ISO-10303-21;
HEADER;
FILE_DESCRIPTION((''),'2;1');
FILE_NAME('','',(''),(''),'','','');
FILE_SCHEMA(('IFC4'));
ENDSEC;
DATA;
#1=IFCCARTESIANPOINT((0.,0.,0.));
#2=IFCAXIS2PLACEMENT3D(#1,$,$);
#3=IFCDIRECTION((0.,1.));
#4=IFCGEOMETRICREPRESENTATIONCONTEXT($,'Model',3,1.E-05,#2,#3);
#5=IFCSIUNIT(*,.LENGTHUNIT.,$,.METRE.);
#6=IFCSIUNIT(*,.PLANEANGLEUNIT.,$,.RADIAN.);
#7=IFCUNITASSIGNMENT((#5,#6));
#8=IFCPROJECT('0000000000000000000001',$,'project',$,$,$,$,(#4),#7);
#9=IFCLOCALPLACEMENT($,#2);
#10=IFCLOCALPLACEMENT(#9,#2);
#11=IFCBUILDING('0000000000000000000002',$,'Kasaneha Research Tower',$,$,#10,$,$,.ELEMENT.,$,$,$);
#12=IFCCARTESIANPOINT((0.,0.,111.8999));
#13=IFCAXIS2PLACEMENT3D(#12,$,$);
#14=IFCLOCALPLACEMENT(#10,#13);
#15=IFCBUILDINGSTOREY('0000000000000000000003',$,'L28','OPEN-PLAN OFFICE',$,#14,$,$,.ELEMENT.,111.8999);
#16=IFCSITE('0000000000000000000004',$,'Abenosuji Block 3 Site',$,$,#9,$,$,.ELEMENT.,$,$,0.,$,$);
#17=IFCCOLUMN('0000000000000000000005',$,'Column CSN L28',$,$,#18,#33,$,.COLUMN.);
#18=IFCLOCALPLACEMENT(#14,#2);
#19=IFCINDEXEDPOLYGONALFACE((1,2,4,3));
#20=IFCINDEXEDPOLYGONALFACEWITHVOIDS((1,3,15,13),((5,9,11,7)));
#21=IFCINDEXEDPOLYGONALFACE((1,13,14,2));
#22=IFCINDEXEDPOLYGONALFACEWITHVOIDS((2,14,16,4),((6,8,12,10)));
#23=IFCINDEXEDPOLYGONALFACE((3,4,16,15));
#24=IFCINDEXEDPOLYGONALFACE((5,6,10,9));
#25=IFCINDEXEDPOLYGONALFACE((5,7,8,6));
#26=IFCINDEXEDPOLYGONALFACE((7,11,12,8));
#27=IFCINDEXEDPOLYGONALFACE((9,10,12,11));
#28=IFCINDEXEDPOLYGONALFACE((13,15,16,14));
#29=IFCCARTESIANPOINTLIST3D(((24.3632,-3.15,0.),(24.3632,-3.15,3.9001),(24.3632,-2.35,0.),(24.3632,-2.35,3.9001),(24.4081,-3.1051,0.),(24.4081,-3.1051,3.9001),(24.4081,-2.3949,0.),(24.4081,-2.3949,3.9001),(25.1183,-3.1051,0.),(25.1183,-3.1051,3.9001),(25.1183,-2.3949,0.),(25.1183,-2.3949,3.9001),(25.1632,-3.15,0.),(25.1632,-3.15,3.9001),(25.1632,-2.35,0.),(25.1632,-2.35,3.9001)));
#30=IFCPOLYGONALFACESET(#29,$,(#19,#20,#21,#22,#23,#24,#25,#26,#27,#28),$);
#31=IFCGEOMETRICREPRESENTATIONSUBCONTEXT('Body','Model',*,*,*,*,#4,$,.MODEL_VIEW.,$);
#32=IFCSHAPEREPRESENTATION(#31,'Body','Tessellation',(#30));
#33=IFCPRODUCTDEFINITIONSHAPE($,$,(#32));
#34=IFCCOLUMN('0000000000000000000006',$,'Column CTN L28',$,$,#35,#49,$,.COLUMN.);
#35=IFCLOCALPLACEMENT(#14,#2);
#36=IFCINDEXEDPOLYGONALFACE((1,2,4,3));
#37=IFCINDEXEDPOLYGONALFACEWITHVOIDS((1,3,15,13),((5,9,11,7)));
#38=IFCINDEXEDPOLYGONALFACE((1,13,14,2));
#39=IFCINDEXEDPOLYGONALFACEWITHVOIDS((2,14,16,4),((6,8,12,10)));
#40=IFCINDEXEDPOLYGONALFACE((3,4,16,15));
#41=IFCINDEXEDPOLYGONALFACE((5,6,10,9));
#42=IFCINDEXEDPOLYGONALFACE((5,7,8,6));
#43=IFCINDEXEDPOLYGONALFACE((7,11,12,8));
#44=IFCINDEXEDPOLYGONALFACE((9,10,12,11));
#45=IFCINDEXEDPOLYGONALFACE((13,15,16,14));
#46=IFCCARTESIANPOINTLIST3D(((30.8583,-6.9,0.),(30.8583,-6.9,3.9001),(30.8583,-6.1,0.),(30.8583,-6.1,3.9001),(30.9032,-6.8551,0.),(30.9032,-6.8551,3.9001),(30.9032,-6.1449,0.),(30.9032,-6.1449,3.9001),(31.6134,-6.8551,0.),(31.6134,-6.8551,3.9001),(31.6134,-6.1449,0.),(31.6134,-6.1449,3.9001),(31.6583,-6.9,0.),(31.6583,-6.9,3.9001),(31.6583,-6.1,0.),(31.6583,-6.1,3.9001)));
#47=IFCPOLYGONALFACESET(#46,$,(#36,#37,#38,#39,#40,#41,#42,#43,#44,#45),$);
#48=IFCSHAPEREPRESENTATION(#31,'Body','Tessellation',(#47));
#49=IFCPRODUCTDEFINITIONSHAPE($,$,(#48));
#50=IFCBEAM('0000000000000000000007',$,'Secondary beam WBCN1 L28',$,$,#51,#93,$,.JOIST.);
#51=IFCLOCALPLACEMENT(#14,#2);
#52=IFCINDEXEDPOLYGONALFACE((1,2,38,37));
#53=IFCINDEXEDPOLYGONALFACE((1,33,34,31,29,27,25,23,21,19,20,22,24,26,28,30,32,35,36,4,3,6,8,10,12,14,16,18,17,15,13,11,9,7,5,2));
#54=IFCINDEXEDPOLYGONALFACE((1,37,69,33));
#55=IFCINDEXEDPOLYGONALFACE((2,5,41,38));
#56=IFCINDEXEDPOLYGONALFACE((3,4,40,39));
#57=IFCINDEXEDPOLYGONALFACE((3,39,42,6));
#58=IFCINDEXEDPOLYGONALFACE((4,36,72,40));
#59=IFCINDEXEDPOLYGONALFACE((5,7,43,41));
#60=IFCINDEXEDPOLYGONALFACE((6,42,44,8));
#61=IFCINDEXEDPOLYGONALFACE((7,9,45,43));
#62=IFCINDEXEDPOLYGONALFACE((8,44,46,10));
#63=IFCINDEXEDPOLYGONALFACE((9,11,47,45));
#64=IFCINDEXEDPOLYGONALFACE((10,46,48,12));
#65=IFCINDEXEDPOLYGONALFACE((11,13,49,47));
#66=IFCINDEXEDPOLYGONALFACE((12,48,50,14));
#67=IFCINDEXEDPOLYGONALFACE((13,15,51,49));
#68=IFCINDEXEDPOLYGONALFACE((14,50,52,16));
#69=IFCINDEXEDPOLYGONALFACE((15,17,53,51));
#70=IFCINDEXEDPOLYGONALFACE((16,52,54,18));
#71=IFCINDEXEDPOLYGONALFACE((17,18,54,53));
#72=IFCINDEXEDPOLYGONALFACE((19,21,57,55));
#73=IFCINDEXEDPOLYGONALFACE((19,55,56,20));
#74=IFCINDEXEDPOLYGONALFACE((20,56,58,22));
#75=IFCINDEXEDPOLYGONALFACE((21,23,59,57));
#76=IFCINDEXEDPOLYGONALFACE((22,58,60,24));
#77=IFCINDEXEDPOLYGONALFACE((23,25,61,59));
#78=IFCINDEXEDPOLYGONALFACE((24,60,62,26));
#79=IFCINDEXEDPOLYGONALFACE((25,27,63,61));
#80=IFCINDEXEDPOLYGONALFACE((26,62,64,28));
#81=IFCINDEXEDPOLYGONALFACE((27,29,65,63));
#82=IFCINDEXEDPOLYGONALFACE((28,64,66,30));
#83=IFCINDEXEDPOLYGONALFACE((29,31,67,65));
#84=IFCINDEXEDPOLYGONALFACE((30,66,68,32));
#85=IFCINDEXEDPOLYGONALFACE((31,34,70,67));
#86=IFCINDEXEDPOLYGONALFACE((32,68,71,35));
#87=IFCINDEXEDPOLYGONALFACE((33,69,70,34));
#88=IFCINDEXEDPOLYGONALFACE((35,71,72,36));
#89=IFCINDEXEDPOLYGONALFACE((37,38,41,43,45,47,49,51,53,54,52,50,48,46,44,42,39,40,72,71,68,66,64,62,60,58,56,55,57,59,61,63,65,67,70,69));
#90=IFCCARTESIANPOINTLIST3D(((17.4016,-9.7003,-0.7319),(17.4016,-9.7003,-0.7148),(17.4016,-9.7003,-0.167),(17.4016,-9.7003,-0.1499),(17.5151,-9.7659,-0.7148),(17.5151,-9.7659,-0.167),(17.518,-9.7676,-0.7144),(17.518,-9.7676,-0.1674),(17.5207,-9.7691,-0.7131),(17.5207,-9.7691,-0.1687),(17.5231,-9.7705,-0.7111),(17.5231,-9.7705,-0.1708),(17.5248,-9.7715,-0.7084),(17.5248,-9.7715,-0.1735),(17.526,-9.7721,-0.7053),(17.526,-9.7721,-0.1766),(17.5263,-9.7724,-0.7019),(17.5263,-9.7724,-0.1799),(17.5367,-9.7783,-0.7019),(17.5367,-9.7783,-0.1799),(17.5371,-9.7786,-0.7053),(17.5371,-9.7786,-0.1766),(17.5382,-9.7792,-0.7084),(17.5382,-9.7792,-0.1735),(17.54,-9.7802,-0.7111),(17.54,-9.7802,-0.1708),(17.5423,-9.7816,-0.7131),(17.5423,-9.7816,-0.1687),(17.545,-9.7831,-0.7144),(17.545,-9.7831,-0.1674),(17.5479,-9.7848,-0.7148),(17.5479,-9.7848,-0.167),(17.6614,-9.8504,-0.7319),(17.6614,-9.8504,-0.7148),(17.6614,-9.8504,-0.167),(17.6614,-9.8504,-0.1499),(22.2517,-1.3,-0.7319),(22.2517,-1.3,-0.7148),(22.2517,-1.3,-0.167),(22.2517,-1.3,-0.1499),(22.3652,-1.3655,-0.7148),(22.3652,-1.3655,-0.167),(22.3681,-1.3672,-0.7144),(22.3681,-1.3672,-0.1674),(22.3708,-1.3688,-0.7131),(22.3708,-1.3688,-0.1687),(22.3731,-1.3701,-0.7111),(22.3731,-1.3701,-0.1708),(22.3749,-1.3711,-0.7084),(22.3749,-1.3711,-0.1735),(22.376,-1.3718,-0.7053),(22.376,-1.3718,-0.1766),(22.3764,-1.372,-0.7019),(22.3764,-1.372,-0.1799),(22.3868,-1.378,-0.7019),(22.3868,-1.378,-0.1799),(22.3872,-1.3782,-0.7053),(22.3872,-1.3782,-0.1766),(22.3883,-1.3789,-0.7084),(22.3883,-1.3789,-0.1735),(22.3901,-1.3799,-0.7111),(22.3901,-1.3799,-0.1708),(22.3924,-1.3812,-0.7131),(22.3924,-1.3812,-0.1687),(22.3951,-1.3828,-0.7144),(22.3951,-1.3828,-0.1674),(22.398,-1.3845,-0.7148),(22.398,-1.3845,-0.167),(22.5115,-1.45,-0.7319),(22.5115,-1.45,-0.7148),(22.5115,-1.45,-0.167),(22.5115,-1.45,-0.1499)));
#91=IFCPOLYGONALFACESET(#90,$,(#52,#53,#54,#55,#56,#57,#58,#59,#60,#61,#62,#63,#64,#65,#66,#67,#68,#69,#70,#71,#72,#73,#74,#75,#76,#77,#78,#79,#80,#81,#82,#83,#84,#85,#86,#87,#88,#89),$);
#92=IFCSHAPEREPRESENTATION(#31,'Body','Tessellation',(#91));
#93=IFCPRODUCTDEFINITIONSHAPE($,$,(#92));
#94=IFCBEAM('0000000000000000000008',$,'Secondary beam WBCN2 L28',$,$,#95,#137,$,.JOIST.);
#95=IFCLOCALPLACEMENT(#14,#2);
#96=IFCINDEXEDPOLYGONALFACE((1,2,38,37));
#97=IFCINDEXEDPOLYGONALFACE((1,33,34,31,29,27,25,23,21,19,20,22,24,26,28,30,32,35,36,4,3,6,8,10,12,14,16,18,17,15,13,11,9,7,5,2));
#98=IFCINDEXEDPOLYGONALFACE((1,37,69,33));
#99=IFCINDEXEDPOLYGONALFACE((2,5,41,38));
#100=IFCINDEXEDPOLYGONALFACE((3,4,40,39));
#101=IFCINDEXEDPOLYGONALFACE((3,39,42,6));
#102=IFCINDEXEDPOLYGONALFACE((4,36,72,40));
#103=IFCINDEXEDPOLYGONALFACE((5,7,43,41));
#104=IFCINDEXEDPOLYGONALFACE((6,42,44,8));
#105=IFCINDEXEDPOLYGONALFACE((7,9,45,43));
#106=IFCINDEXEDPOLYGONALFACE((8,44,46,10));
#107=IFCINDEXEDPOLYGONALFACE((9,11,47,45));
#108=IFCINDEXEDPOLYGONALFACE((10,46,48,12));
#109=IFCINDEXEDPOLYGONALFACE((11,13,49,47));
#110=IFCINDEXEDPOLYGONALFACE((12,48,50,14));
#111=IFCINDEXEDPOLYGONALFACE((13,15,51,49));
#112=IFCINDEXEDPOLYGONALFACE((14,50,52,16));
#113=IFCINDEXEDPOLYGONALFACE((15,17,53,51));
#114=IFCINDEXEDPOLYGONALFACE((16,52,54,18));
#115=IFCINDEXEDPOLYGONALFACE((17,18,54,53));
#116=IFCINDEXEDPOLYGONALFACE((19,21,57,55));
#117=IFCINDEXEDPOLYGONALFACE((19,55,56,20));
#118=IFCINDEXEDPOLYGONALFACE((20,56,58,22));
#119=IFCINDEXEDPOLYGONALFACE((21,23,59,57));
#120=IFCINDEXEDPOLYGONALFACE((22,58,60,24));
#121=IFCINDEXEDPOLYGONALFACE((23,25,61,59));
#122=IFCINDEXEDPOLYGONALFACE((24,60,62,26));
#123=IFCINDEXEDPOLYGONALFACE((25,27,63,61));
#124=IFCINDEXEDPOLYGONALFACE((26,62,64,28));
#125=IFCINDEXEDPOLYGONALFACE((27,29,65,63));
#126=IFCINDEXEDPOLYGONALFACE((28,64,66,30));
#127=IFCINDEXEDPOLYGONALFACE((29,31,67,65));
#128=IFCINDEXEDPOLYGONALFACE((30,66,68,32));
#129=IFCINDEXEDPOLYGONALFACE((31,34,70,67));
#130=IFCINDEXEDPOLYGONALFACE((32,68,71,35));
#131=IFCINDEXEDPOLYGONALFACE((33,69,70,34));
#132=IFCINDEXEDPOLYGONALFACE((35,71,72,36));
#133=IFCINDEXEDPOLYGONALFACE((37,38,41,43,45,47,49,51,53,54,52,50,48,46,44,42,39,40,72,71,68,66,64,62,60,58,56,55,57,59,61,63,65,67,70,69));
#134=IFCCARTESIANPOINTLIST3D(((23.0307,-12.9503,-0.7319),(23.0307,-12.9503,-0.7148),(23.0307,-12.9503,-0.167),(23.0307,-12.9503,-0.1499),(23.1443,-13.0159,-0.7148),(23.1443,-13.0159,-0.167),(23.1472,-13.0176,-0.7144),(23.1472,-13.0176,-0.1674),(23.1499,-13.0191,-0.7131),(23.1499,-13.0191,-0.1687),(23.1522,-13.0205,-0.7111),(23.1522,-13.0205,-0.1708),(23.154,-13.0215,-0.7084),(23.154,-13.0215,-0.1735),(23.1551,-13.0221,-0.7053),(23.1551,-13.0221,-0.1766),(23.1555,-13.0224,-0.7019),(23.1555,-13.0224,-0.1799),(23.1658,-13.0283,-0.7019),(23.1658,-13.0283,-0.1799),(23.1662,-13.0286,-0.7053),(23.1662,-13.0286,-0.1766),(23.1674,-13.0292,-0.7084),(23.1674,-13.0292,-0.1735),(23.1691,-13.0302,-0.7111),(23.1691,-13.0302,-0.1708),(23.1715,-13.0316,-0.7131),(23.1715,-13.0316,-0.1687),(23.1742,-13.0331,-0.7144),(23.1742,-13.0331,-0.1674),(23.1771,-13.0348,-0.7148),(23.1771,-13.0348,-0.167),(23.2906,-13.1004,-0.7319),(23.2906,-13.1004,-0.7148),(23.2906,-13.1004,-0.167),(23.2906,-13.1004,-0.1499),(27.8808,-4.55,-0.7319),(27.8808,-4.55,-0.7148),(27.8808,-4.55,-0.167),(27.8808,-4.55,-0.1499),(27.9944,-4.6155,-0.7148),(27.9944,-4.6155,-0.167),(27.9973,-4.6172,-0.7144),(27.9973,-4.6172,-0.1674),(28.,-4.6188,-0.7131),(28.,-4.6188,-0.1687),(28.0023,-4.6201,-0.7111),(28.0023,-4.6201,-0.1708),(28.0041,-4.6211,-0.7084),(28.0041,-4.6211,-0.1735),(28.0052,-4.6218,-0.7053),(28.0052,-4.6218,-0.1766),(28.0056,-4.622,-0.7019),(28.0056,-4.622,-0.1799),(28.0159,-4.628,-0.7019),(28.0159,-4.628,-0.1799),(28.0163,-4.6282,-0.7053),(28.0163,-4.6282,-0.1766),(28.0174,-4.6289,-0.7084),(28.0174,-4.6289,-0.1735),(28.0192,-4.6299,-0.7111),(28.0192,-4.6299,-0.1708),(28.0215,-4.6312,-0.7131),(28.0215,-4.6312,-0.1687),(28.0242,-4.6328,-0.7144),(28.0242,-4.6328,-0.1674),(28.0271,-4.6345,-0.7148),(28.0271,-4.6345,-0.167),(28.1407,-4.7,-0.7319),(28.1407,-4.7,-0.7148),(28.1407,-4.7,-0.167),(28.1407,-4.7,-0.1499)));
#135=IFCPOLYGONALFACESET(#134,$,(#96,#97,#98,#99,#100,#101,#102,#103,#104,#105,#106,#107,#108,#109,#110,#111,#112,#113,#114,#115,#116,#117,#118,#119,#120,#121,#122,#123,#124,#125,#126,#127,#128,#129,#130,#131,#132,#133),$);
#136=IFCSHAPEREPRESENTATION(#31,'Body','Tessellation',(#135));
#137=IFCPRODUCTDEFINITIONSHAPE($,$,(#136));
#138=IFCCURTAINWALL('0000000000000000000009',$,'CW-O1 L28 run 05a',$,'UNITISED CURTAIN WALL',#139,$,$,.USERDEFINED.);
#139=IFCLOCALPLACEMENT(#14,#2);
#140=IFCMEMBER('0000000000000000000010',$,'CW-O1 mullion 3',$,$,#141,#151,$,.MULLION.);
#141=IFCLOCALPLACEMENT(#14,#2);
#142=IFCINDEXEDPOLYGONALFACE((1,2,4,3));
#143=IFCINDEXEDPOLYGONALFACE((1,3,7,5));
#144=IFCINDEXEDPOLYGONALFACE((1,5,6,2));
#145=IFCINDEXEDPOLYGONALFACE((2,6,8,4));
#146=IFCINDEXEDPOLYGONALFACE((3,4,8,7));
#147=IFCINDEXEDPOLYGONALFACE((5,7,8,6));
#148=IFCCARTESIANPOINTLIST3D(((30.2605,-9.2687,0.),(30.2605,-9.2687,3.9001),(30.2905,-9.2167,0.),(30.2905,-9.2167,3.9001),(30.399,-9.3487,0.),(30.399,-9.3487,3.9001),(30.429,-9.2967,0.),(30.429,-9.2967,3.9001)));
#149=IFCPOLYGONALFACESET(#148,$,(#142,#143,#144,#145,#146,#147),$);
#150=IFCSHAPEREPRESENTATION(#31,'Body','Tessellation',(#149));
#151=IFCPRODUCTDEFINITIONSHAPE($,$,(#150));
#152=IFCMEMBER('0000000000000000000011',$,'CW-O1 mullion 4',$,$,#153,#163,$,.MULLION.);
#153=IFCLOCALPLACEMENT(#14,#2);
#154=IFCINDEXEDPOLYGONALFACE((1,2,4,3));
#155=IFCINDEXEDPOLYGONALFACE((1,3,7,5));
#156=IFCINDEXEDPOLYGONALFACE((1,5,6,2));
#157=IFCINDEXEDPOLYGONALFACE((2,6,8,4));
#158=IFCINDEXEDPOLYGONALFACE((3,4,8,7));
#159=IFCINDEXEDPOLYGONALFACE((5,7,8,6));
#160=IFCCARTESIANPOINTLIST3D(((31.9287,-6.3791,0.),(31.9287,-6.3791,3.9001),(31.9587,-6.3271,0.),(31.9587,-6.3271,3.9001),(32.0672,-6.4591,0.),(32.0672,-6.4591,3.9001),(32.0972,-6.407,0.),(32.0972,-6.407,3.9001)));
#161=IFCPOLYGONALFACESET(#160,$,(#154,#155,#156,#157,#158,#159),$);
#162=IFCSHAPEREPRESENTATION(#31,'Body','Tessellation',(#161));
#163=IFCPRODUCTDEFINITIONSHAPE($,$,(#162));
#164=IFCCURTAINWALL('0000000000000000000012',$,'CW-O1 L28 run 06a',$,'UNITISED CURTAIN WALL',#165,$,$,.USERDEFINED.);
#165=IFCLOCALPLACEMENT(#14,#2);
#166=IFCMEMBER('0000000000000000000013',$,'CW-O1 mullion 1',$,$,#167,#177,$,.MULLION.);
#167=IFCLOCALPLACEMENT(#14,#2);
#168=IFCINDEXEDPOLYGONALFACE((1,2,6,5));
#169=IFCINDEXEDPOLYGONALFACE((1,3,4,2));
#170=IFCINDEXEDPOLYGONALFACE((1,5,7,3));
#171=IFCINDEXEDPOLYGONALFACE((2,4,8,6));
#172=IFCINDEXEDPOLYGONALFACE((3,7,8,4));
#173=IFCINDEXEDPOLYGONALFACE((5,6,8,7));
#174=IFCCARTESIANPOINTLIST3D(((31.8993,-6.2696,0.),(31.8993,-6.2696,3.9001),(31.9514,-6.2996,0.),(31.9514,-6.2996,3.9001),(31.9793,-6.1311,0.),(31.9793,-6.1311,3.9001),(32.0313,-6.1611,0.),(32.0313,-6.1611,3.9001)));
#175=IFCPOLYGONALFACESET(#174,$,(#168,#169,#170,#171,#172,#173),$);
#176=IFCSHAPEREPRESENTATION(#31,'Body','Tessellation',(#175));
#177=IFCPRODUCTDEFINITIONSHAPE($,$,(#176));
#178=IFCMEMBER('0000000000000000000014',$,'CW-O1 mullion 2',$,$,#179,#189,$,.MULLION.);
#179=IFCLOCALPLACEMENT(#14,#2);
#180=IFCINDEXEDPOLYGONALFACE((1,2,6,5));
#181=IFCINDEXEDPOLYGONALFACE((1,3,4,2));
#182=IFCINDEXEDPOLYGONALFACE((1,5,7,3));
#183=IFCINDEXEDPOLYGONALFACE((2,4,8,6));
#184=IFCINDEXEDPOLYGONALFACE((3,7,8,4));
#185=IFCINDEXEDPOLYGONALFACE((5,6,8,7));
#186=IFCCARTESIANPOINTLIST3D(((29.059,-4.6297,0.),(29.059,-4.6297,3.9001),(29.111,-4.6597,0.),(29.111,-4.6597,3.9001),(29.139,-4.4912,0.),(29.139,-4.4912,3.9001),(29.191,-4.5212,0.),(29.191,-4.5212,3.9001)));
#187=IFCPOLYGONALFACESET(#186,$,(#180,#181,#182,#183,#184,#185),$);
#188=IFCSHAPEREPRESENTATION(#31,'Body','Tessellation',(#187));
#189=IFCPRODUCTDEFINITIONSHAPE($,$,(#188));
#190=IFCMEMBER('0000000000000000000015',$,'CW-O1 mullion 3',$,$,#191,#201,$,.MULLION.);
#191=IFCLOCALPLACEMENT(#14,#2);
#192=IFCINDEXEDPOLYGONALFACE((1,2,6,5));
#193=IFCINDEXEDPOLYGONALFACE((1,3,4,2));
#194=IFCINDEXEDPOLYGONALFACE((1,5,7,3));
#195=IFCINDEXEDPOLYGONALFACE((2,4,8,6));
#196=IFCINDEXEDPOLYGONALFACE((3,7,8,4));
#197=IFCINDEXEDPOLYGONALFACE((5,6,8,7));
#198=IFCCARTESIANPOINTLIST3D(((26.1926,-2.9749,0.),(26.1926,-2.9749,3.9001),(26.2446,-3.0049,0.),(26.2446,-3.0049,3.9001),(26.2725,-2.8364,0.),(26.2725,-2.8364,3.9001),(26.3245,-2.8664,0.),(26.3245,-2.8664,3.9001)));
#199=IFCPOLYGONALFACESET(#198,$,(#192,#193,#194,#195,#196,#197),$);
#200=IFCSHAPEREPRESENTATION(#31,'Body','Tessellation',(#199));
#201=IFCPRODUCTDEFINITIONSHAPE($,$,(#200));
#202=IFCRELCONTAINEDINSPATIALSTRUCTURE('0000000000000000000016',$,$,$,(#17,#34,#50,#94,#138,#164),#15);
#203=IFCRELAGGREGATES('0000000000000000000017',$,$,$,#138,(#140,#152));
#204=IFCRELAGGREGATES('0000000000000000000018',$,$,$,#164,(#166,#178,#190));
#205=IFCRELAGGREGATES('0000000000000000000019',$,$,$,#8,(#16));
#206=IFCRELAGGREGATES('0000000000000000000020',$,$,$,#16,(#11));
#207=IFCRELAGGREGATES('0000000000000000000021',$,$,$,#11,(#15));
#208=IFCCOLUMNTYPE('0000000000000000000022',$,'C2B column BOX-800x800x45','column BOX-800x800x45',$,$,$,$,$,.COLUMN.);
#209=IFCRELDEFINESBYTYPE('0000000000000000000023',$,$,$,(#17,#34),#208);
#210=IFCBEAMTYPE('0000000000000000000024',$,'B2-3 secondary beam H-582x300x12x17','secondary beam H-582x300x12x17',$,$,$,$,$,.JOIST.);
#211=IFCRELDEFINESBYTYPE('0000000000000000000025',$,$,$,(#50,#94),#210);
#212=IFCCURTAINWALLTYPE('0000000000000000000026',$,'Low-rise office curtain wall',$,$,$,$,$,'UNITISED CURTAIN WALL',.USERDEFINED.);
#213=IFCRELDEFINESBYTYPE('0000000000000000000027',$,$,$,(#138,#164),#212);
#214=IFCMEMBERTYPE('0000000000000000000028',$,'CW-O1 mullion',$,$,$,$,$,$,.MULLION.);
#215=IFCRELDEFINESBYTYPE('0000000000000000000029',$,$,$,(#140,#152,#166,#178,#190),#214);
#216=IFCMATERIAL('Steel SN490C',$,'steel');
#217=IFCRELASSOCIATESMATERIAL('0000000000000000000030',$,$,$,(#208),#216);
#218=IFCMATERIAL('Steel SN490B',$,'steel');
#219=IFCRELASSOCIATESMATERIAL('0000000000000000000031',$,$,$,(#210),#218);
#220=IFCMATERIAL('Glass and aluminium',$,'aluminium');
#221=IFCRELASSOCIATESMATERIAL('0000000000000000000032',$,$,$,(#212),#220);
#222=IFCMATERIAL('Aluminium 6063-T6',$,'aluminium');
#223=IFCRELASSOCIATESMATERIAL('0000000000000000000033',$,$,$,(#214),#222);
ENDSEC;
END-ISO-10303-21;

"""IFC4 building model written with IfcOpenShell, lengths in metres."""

from ifc_helpers import new_model, si_unit, direction, frame, origin, origin_2d, place, context, subcontext, project, spatial, rectangle, hollow_rectangle, i_section, extrude, material, material_profile, profile_set, type_object, element, aggregate, save


model = new_model("IFC4")

# Units and contexts
model_context = context("Model", 3, precision=1e-05, world=origin(), true_north=direction((0.0, 1.0)))
body_context = subcontext(model_context, "Body", "Model", "MODEL_VIEW")
ifc_project = project(units=[si_unit("LENGTHUNIT", "METRE"), si_unit("PLANEANGLEUNIT", "RADIAN")], contexts=[model_context])

# Site, building, storey
site_placement = place(None, origin())
site = spatial("IfcSite", under=ifc_project, at=site_placement, Name="Abenosuji Block 3 Site", CompositionType="ELEMENT", RefElevation=0.0)
building_placement = place(site_placement, origin())
building = spatial("IfcBuilding", under=site, at=building_placement, Name="Kasaneha Research Tower", CompositionType="ELEMENT")
storey_placement = place(building_placement, frame((0.0, 0.0, 111.8999)))
storey = spatial("IfcBuildingStorey", under=building, at=storey_placement, Name="L28", Description="OPEN-PLAN OFFICE", CompositionType="ELEMENT", Elevation=111.8999)

# Columns
ifc_material_1 = material(Name="Steel SN490C", Category="steel")
ifc_material_profile_1 = material_profile(ifc_material_1, hollow_rectangle(XDim=0.8, YDim=0.8, WallThickness=0.0449, at=origin_2d()), Name="BOX-800x800x45")
ifc_profile_set_1 = profile_set([ifc_material_profile_1], Name="Steel SN490C")
column_type = type_object("IfcColumnType", Name="C2B column BOX-800x800x45", Description="column BOX-800x800x45", PredefinedType="COLUMN", material=ifc_profile_set_1)
for number, where, z_axis, x_axis, name in (
    (1, (24.7632, -2.75, 0.0), (0.0, 0.0, 1.0), (1.0, 0.0, 0.0), "Column CSN L28"),
    (2, (31.2583, -6.5, 0.0), (0.0, 0.0, 1.0), (1.0, 0.0, 0.0), "Column CTN L28"),
):
    element("IfcColumn", number, at=place(storey_placement, frame(where, z_axis=z_axis, x_axis=x_axis)), inside=storey, type_object=column_type, Name=name, PredefinedType="COLUMN", context=body_context, shape_type="SweptSolid", body=[
        extrude(hollow_rectangle(XDim=0.8, YDim=0.8, WallThickness=0.0449, at=origin_2d()), origin(), (0.0, 0.0, 1.0), 3.9001),
    ])

# Beams
ifc_material_2 = material(Name="Steel SN490B", Category="steel")
ifc_material_profile_2 = material_profile(ifc_material_2, i_section(OverallWidth=0.3, OverallDepth=0.582, WebThickness=0.012, FlangeThickness=0.0171, FilletRadius=0.0129, at=origin_2d()), Name="H-582x300x12x17")
ifc_profile_set_2 = profile_set([ifc_material_profile_2], Name="Steel SN490B")
beam_type_1 = type_object("IfcBeamType", Name="B2-3 secondary beam H-582x300x12x17", Description="secondary beam H-582x300x12x17", PredefinedType="JOIST", material=ifc_profile_set_2)
for number, where, z_axis, x_axis, name in (
    (3, (22.3816, -1.375, -0.4409), (-0.50001, -0.86602, 0.0), (0.86602, -0.50001, 0.0), "Secondary beam WBCN1 L28"),
    (4, (28.0107, -4.625, -0.4409), (-0.50001, -0.86602, 0.0), (0.86602, -0.50001, 0.0), "Secondary beam WBCN2 L28"),
):
    element("IfcBeam", number, at=place(storey_placement, frame(where, z_axis=z_axis, x_axis=x_axis)), inside=storey, type_object=beam_type_1, Name=name, PredefinedType="JOIST", context=body_context, shape_type="SweptSolid", body=[
        extrude(i_section(OverallWidth=0.3, OverallDepth=0.582, WebThickness=0.012, FlangeThickness=0.0171, FilletRadius=0.0129, at=origin_2d()), origin(), (0.0, 0.0, 1.0), 9.7),
    ])

# Curtain walls, members
ifc_material_3 = material(Name="Glass and aluminium", Category="aluminium")
curtain_wall_type = type_object("IfcCurtainWallType", Name="Low-rise office curtain wall", ElementType="UNITISED CURTAIN WALL", PredefinedType="USERDEFINED", material=ifc_material_3)
curtain_wall_1_placement = place(storey_placement, origin())
curtain_wall_1 = element("IfcCurtainWall", 5, at=curtain_wall_1_placement, inside=storey, type_object=curtain_wall_type, Name="CW-O1 L28 run 05a", ObjectType="UNITISED CURTAIN WALL", PredefinedType="USERDEFINED")
ifc_material_4 = material(Name="Aluminium 6063-T6", Category="aluminium")
ifc_material_profile_3 = material_profile(ifc_material_4, rectangle(XDim=0.0601, YDim=0.1599, at=origin_2d()), Name="CW-O1 mullion 60x160")
ifc_profile_set_3 = profile_set([ifc_material_profile_3], Name="Aluminium 6063-T6")
member_type_1 = type_object("IfcMemberType", Name="CW-O1 mullion", PredefinedType="MULLION", material=ifc_profile_set_3)
member_1_placement = place(storey_placement, frame((30.3447, -9.2827, 0.0), z_axis=(0.0, 0.0, 1.0), x_axis=(0.5, 0.866025, 0.0)))
member_1 = element("IfcMember", 6, at=member_1_placement, type_object=member_type_1, Name="CW-O1 mullion 3", PredefinedType="MULLION", context=body_context, shape_type="SweptSolid", body=[
    extrude(rectangle(XDim=0.0601, YDim=0.1599, at=origin_2d()), origin(), (0.0, 0.0, 1.0), 3.9001),
])
member_2_placement = place(storey_placement, frame((32.0129, -6.3931, 0.0), z_axis=(0.0, 0.0, 1.0), x_axis=(0.5, 0.866025, 0.0)))
member_2 = element("IfcMember", 7, at=member_2_placement, type_object=member_type_1, Name="CW-O1 mullion 4", PredefinedType="MULLION", context=body_context, shape_type="SweptSolid", body=[
    extrude(rectangle(XDim=0.0601, YDim=0.1599, at=origin_2d()), origin(), (0.0, 0.0, 1.0), 3.9001),
])
curtain_wall_2_placement = place(storey_placement, origin())
curtain_wall_2 = element("IfcCurtainWall", 8, at=curtain_wall_2_placement, inside=storey, type_object=curtain_wall_type, Name="CW-O1 L28 run 06a", ObjectType="UNITISED CURTAIN WALL", PredefinedType="USERDEFINED")
member_3_placement = place(storey_placement, frame((31.9653, -6.2153, 0.0), z_axis=(0.0, 0.0, 1.0), x_axis=(-0.866025, 0.5, 0.0)))
member_3 = element("IfcMember", 9, at=member_3_placement, type_object=member_type_1, Name="CW-O1 mullion 1", PredefinedType="MULLION", context=body_context, shape_type="SweptSolid", body=[
    extrude(rectangle(XDim=0.0601, YDim=0.1599, at=origin_2d()), origin(), (0.0, 0.0, 1.0), 3.9001),
])
member_4_placement = place(storey_placement, frame((29.125, -4.5754, 0.0), z_axis=(0.0, 0.0, 1.0), x_axis=(-0.866025, 0.5, 0.0)))
member_4 = element("IfcMember", 10, at=member_4_placement, type_object=member_type_1, Name="CW-O1 mullion 2", PredefinedType="MULLION", context=body_context, shape_type="SweptSolid", body=[
    extrude(rectangle(XDim=0.0601, YDim=0.1599, at=origin_2d()), origin(), (0.0, 0.0, 1.0), 3.9001),
])
member_5_placement = place(storey_placement, frame((26.2585, -2.9207, 0.0), z_axis=(0.0, 0.0, 1.0), x_axis=(-0.866025, 0.5, 0.0)))
member_5 = element("IfcMember", 11, at=member_5_placement, type_object=member_type_1, Name="CW-O1 mullion 3", PredefinedType="MULLION", context=body_context, shape_type="SweptSolid", body=[
    extrude(rectangle(XDim=0.0601, YDim=0.1599, at=origin_2d()), origin(), (0.0, 0.0, 1.0), 3.9001),
])

aggregate(curtain_wall_1, [member_1, member_2])
aggregate(curtain_wall_2, [member_3, member_4, member_5])

save(model, "model.ifc")
